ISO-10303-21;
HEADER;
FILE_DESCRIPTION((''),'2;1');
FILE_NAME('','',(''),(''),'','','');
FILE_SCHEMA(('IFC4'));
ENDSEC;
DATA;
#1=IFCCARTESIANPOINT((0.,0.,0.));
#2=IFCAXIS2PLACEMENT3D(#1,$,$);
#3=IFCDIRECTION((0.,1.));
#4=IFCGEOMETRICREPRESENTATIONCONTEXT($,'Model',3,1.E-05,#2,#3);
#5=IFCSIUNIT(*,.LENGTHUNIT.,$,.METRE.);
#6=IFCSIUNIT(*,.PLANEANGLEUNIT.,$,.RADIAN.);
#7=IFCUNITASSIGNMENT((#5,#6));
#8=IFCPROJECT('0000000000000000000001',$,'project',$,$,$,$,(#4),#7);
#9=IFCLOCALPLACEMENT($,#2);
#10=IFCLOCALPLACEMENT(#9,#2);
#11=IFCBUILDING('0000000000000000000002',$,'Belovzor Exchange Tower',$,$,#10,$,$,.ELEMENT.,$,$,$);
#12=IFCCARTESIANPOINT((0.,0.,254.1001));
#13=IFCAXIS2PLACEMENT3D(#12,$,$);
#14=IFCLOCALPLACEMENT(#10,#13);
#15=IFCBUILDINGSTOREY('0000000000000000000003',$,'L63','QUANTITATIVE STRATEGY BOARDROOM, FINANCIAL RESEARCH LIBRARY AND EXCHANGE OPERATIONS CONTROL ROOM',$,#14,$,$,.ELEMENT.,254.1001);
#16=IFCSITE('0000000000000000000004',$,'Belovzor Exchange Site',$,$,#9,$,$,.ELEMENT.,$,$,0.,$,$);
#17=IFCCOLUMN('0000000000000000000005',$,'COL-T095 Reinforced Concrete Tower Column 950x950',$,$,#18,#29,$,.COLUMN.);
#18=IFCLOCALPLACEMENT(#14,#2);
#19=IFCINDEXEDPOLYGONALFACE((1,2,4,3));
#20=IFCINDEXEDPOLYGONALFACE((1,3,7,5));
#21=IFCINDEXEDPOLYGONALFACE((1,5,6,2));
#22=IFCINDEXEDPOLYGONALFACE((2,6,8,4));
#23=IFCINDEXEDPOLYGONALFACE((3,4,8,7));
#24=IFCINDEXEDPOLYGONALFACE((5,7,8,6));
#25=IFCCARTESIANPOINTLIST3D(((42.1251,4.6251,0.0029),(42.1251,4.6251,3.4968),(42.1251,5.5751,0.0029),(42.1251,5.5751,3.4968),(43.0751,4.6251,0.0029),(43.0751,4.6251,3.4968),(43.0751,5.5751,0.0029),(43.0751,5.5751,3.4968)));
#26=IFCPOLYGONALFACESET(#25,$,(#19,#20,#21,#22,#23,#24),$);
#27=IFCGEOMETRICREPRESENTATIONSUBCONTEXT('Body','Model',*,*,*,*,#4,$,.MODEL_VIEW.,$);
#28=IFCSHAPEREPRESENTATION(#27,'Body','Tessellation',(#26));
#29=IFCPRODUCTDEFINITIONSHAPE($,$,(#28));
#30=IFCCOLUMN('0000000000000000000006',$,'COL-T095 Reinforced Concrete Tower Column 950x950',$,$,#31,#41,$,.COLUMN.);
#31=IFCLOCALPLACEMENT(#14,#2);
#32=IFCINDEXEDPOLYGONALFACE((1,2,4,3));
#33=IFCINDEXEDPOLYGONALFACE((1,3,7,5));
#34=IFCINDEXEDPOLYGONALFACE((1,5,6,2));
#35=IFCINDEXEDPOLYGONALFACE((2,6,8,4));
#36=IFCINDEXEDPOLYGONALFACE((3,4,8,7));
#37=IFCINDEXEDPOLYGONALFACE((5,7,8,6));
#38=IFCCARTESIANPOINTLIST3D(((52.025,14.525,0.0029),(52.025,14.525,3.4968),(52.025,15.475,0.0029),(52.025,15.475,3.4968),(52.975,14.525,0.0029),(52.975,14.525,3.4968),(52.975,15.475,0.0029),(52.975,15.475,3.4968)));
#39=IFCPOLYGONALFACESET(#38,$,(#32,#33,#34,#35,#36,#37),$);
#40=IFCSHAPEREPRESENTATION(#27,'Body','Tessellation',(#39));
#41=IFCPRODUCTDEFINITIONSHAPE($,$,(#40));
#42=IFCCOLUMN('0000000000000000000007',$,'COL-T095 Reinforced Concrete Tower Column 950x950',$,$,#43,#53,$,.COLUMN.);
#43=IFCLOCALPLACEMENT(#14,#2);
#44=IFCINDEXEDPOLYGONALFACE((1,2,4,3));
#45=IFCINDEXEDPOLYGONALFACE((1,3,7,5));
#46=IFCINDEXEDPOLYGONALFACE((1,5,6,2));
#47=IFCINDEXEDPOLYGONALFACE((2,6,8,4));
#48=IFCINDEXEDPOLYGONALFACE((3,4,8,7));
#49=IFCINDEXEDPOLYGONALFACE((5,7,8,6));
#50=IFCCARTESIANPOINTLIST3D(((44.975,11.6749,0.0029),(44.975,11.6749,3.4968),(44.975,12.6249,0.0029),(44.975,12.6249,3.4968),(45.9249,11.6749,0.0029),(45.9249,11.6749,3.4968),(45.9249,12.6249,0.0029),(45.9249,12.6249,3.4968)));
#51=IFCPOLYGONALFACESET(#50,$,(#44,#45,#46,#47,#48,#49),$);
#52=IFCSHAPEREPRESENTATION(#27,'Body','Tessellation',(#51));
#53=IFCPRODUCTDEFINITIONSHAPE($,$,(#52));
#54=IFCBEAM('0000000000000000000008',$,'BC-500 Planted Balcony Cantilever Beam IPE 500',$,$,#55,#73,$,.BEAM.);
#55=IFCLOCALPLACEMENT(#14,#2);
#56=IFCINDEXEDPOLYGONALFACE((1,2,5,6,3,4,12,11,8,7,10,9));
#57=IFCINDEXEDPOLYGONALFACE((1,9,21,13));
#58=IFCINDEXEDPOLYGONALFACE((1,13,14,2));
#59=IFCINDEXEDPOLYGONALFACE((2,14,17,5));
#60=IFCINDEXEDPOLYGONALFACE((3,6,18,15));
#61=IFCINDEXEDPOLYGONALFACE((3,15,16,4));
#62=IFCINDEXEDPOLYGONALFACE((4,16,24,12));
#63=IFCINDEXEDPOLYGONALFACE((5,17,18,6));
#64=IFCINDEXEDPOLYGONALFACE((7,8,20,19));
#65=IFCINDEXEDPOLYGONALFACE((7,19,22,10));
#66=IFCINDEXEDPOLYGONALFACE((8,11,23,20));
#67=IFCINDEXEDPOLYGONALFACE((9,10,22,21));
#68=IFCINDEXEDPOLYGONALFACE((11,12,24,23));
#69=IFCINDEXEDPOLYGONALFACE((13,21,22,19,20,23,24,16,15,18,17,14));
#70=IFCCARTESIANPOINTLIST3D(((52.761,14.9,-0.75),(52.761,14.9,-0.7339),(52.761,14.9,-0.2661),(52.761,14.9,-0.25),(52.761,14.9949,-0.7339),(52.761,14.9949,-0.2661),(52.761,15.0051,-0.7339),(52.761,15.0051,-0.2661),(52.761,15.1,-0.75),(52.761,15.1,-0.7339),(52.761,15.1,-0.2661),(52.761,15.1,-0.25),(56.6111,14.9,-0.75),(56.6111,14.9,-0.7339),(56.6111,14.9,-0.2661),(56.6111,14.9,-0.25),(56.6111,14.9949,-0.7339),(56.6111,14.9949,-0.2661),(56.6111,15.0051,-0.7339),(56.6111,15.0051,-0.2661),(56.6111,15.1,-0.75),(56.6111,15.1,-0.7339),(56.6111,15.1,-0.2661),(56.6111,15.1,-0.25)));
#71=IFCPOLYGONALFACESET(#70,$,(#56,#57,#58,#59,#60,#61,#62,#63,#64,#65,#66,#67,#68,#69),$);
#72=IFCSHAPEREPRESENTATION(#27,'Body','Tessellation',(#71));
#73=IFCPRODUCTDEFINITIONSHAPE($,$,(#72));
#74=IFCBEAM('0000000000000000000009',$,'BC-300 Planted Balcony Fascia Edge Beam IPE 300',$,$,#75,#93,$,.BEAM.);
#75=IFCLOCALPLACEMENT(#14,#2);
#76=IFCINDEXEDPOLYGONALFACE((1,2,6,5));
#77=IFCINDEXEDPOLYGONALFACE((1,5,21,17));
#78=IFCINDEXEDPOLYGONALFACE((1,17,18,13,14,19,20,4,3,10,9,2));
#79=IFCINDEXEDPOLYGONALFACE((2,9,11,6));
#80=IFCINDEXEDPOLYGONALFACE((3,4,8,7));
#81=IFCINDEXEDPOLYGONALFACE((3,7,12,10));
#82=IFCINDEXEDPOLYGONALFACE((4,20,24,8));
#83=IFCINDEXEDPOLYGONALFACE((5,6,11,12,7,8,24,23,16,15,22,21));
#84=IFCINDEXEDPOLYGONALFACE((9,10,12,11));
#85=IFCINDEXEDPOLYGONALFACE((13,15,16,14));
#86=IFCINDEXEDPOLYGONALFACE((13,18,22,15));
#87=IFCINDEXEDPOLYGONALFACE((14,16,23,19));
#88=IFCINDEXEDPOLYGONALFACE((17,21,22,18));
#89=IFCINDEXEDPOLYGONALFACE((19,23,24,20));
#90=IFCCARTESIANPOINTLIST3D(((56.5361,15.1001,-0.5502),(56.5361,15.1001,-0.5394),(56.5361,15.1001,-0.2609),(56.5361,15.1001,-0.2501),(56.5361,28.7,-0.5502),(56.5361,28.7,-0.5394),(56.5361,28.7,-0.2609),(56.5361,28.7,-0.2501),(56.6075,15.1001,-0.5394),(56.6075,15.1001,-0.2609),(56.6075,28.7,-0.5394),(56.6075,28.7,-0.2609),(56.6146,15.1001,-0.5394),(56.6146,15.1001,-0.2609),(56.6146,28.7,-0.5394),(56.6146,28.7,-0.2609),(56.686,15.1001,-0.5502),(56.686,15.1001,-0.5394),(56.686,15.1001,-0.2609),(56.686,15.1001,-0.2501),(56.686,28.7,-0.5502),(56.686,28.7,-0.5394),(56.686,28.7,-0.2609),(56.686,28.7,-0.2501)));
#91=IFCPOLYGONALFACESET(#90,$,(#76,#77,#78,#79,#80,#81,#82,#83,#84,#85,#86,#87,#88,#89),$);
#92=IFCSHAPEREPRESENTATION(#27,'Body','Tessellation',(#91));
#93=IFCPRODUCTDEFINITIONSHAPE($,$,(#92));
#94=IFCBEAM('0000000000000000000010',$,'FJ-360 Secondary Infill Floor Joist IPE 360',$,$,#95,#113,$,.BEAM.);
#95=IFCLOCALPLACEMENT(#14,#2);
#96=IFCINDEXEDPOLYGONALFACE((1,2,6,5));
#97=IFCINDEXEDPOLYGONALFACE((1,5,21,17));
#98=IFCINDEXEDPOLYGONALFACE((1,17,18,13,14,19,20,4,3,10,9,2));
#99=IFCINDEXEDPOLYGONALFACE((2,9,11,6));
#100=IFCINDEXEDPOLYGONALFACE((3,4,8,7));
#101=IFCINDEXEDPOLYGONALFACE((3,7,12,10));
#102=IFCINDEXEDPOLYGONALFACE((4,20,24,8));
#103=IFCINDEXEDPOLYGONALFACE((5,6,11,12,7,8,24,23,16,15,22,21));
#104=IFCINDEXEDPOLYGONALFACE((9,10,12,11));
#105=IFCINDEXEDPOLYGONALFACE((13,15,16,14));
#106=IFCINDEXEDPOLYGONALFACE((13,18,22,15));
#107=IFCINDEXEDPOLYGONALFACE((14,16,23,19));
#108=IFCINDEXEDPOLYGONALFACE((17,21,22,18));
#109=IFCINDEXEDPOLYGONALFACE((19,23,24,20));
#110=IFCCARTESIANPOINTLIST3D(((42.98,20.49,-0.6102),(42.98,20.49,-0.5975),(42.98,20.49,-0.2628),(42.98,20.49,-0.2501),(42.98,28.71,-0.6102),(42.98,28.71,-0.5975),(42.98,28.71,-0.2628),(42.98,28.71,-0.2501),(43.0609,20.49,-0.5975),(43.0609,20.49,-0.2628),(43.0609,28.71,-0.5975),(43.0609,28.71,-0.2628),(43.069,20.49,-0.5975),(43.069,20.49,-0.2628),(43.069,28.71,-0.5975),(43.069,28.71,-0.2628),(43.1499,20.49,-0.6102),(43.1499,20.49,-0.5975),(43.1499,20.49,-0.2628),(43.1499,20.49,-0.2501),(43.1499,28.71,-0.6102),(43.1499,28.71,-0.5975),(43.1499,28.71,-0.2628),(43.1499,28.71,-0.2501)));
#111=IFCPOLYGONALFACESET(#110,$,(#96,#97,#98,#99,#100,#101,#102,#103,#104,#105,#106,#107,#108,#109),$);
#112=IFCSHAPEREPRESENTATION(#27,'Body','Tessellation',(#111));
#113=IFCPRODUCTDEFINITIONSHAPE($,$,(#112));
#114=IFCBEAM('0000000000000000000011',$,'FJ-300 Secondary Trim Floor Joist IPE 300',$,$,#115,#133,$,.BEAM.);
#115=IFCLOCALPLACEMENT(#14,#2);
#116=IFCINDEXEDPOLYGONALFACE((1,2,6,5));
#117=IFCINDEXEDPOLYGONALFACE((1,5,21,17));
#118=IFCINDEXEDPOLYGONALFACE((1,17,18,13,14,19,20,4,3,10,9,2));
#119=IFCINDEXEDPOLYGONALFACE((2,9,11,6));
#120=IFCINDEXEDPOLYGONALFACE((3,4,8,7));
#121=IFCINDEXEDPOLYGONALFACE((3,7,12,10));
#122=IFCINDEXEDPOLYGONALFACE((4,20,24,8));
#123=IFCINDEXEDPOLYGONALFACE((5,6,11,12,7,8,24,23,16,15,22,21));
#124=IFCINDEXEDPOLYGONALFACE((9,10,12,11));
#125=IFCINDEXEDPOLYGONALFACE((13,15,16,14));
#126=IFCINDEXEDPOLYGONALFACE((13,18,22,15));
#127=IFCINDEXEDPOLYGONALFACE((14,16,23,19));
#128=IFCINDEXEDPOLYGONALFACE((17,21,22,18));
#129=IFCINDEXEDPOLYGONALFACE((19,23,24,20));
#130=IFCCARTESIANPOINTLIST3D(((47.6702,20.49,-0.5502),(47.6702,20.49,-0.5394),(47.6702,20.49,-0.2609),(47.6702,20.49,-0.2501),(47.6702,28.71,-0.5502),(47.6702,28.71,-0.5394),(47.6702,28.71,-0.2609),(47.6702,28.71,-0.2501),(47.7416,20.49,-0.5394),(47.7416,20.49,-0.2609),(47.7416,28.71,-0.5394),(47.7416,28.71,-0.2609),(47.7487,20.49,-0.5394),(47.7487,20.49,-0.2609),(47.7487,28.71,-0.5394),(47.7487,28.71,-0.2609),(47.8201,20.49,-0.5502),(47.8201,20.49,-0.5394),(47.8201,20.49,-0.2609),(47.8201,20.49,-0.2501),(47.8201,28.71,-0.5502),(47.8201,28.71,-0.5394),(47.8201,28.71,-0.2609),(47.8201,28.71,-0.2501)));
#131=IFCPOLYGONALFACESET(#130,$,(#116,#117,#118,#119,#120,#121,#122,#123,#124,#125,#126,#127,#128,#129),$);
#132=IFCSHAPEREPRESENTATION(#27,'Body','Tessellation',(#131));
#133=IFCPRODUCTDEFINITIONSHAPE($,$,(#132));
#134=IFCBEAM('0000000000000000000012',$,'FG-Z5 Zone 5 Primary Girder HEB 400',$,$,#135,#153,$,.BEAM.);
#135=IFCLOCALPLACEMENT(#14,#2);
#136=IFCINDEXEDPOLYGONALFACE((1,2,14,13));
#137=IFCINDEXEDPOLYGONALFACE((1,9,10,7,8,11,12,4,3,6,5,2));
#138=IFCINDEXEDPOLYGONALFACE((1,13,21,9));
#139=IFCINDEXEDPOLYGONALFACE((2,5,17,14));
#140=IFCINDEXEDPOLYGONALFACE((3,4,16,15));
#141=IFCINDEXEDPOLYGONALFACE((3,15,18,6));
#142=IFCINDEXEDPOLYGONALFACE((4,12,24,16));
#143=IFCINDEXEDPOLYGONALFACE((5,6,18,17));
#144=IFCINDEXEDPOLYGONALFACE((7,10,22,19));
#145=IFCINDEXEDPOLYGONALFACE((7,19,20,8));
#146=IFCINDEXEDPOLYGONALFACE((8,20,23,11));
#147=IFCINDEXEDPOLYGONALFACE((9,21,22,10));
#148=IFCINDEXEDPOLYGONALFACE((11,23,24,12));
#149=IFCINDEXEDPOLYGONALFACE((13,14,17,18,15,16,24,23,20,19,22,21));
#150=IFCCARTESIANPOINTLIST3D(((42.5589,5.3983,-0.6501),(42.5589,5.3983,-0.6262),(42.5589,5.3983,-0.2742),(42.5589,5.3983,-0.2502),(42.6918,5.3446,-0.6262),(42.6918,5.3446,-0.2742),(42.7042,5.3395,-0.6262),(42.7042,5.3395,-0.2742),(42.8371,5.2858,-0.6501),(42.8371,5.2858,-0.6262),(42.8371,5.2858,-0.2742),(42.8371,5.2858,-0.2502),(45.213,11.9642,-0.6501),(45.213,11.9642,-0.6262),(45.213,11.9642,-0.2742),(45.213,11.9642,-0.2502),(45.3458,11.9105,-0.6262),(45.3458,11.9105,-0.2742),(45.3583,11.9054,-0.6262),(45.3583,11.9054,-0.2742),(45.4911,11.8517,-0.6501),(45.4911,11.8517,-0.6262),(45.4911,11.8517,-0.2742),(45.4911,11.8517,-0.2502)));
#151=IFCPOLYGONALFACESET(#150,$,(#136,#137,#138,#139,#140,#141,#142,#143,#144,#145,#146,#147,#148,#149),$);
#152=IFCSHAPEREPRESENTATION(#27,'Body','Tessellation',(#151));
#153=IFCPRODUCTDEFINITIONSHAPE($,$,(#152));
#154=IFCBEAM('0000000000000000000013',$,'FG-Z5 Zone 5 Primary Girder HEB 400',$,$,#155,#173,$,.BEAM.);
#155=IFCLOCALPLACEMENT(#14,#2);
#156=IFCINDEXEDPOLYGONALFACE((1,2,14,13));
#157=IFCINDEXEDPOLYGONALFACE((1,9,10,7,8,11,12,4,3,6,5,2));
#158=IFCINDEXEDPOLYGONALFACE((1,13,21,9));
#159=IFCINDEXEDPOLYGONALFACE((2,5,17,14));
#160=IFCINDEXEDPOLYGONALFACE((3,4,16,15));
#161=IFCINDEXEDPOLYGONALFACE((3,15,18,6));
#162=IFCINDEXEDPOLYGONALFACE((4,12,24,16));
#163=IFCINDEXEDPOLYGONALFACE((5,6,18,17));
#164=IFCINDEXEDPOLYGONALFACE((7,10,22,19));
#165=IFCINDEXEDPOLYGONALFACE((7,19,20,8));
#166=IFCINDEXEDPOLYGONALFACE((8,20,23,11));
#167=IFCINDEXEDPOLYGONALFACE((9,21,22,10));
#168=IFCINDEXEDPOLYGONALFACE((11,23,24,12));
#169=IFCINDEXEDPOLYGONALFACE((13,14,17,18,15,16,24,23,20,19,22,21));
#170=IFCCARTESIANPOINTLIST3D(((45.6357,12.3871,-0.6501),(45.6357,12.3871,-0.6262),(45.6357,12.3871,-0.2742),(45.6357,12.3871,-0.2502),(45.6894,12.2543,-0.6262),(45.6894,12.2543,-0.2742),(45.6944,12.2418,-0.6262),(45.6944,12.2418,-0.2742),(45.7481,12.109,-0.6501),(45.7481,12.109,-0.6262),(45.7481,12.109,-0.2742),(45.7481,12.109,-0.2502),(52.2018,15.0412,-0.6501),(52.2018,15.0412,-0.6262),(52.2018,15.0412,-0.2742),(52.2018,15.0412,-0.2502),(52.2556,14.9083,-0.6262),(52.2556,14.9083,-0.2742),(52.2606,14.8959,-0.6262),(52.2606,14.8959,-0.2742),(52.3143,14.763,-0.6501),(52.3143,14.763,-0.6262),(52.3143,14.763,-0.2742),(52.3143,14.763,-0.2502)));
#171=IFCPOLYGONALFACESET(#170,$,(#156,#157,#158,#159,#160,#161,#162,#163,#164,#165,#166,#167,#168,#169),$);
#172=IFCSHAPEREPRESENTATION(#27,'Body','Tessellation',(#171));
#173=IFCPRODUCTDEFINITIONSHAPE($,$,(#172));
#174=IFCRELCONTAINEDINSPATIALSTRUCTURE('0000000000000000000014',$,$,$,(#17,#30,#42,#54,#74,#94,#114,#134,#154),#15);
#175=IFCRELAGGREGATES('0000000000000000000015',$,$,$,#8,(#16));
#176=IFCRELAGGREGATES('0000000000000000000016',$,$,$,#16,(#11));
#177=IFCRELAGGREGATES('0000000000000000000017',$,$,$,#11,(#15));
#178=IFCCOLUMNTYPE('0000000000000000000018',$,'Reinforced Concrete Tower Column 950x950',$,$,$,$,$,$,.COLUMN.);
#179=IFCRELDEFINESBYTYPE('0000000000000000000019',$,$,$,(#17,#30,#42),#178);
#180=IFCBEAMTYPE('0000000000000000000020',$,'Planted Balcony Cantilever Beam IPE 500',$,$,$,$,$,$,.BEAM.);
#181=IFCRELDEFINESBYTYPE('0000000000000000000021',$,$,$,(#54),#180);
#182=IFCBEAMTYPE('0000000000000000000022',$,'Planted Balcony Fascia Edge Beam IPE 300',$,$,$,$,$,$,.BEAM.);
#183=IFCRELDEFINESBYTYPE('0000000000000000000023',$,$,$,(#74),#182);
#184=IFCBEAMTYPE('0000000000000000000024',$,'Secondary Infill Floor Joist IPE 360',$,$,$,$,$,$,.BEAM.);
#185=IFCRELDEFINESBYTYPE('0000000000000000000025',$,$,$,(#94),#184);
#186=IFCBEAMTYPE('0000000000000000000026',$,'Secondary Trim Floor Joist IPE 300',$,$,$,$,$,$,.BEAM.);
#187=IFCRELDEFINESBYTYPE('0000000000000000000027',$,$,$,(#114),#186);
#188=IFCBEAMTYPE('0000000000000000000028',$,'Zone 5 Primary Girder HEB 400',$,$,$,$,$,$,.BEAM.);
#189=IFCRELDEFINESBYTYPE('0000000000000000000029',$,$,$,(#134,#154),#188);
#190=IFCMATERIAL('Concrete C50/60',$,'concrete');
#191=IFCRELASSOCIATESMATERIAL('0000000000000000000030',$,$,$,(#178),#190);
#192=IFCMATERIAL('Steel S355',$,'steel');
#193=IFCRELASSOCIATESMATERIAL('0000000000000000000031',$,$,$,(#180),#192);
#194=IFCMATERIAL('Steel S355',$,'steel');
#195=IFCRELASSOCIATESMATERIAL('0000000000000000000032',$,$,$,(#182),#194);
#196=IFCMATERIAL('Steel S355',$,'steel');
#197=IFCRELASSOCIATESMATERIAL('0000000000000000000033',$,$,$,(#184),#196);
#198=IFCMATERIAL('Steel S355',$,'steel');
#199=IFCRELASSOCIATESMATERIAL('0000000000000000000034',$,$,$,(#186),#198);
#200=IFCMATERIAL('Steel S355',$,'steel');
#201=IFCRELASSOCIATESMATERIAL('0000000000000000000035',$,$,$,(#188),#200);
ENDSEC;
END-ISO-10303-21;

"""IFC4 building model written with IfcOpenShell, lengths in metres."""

from ifc_helpers import new_model, si_unit, direction, frame, origin, origin_2d, place, context, subcontext, project, spatial, rectangle, i_section, extrude, material, material_profile, profile_set, type_object, element, save


model = new_model("IFC4")

# Units and contexts
model_context = context("Model", 3, precision=1e-05, world=origin(), true_north=direction((0.0, 1.0)))
body_context = subcontext(model_context, "Body", "Model", "MODEL_VIEW")
ifc_project = project(units=[si_unit("LENGTHUNIT", "METRE"), si_unit("PLANEANGLEUNIT", "RADIAN")], contexts=[model_context])

# Site, building, storey
site_placement = place(None, origin())
site = spatial("IfcSite", under=ifc_project, at=site_placement, Name="Belovzor Exchange Site", CompositionType="ELEMENT", RefElevation=0.0)
building_placement = place(site_placement, origin())
building = spatial("IfcBuilding", under=site, at=building_placement, Name="Belovzor Exchange Tower", CompositionType="ELEMENT")
storey_placement = place(building_placement, frame((0.0, 0.0, 254.1001)))
storey = spatial("IfcBuildingStorey", under=building, at=storey_placement, Name="L63", Description="QUANTITATIVE STRATEGY BOARDROOM, FINANCIAL RESEARCH LIBRARY AND EXCHANGE OPERATIONS CONTROL ROOM", CompositionType="ELEMENT", Elevation=254.1001)

# Columns
ifc_material_1 = material(Name="Concrete C50/60", Category="concrete")
ifc_material_profile_1 = material_profile(ifc_material_1, rectangle(XDim=0.95, YDim=0.95, at=origin_2d()))
ifc_profile_set_1 = profile_set([ifc_material_profile_1], Name="Concrete C50/60")
column_type = type_object("IfcColumnType", Name="Reinforced Concrete Tower Column 950x950", PredefinedType="COLUMN", material=ifc_profile_set_1)
for number, where, z_axis, x_axis, name in (
    (1, (42.6001, 5.1001, 0.0029), (0.0, 0.0, 1.0), (1.0, 0.0, 0.0), "COL-T095 Reinforced Concrete Tower Column 950x950"),
    (2, (52.5, 15.0, 0.0029), (0.0, 0.0, 1.0), (1.0, 0.0, 0.0), "COL-T095 Reinforced Concrete Tower Column 950x950"),
    (3, (45.45, 12.1499, 0.0029), (0.0, 0.0, 1.0), (1.0, 0.0, 0.0), "COL-T095 Reinforced Concrete Tower Column 950x950"),
):
    element("IfcColumn", number, at=place(storey_placement, frame(where, z_axis=z_axis, x_axis=x_axis)), inside=storey, type_object=column_type, Name=name, PredefinedType="COLUMN", context=body_context, shape_type="SweptSolid", body=[
        extrude(rectangle(XDim=0.95, YDim=0.95, at=origin_2d()), origin(), (0.0, 0.0, 1.0), 3.4939),
    ])

# Beams
ifc_material_2 = material(Name="Steel S355", Category="steel")
ifc_material_profile_2 = material_profile(ifc_material_2, i_section(OverallWidth=0.2, OverallDepth=0.5, WebThickness=0.0103, FlangeThickness=0.0161, at=origin_2d()))
ifc_profile_set_2 = profile_set([ifc_material_profile_2], Name="Steel S355")
beam_type_1 = type_object("IfcBeamType", Name="Planted Balcony Cantilever Beam IPE 500", PredefinedType="BEAM", material=ifc_profile_set_2)
beam_1_placement = place(storey_placement, frame((52.761, 15.0, -0.5), z_axis=(1.0, 0.0, 0.0), x_axis=(0.0, 1.0, 0.0)))
element("IfcBeam", 4, at=beam_1_placement, inside=storey, type_object=beam_type_1, Name="BC-500 Planted Balcony Cantilever Beam IPE 500", PredefinedType="BEAM", context=body_context, shape_type="SweptSolid", body=[
    extrude(i_section(OverallWidth=0.2, OverallDepth=0.5, WebThickness=0.0103, FlangeThickness=0.0161, at=origin_2d()), origin(), (0.0, 0.0, 1.0), 3.8501),
])
ifc_material_3 = material(Name="Steel S355", Category="steel")
ifc_material_profile_3 = material_profile(ifc_material_3, i_section(OverallWidth=0.1499, OverallDepth=0.3, WebThickness=0.0071, FlangeThickness=0.0107, at=origin_2d()))
ifc_profile_set_3 = profile_set([ifc_material_profile_3], Name="Steel S355")
beam_type_2 = type_object("IfcBeamType", Name="Planted Balcony Fascia Edge Beam IPE 300", PredefinedType="BEAM", material=ifc_profile_set_3)
beam_2_placement = place(storey_placement, frame((56.6111, 15.1001, -0.4001), z_axis=(0.0, 1.0, 0.0), x_axis=(-1.0, 0.0, 0.0)))
element("IfcBeam", 5, at=beam_2_placement, inside=storey, type_object=beam_type_2, Name="BC-300 Planted Balcony Fascia Edge Beam IPE 300", PredefinedType="BEAM", context=body_context, shape_type="SweptSolid", body=[
    extrude(i_section(OverallWidth=0.1499, OverallDepth=0.3, WebThickness=0.0071, FlangeThickness=0.0107, at=origin_2d()), origin(), (0.0, 0.0, 1.0), 13.5999),
])
ifc_material_4 = material(Name="Steel S355", Category="steel")
ifc_material_profile_4 = material_profile(ifc_material_4, i_section(OverallWidth=0.1699, OverallDepth=0.3601, WebThickness=0.0081, FlangeThickness=0.0127, at=origin_2d()))
ifc_profile_set_4 = profile_set([ifc_material_profile_4], Name="Steel S355")
beam_type_3 = type_object("IfcBeamType", Name="Secondary Infill Floor Joist IPE 360", PredefinedType="BEAM", material=ifc_profile_set_4)
beam_3_placement = place(storey_placement, frame((43.0649, 20.49, -0.4302), z_axis=(0.0, 1.0, 0.0), x_axis=(-1.0, 0.0, 0.0)))
element("IfcBeam", 6, at=beam_3_placement, inside=storey, type_object=beam_type_3, Name="FJ-360 Secondary Infill Floor Joist IPE 360", PredefinedType="BEAM", context=body_context, shape_type="SweptSolid", body=[
    extrude(i_section(OverallWidth=0.1699, OverallDepth=0.3601, WebThickness=0.0081, FlangeThickness=0.0127, at=origin_2d()), origin(), (0.0, 0.0, 1.0), 8.22),
])
ifc_material_5 = material(Name="Steel S355", Category="steel")
ifc_material_profile_5 = material_profile(ifc_material_5, i_section(OverallWidth=0.1499, OverallDepth=0.3, WebThickness=0.0071, FlangeThickness=0.0107, at=origin_2d()))
ifc_profile_set_5 = profile_set([ifc_material_profile_5], Name="Steel S355")
beam_type_4 = type_object("IfcBeamType", Name="Secondary Trim Floor Joist IPE 300", PredefinedType="BEAM", material=ifc_profile_set_5)
beam_4_placement = place(storey_placement, frame((47.7451, 20.49, -0.4001), z_axis=(0.0, 1.0, 0.0), x_axis=(-1.0, 0.0, 0.0)))
element("IfcBeam", 7, at=beam_4_placement, inside=storey, type_object=beam_type_4, Name="FJ-300 Secondary Trim Floor Joist IPE 300", PredefinedType="BEAM", context=body_context, shape_type="SweptSolid", body=[
    extrude(i_section(OverallWidth=0.1499, OverallDepth=0.3, WebThickness=0.0071, FlangeThickness=0.0107, at=origin_2d()), origin(), (0.0, 0.0, 1.0), 8.22),
])
ifc_material_6 = material(Name="Steel S355", Category="steel")
ifc_material_profile_6 = material_profile(ifc_material_6, i_section(OverallWidth=0.3, OverallDepth=0.3999, WebThickness=0.0134, FlangeThickness=0.0239, at=origin_2d()))
ifc_profile_set_6 = profile_set([ifc_material_profile_6], Name="Steel S355")
beam_type_5 = type_object("IfcBeamType", Name="Zone 5 Primary Girder HEB 400", PredefinedType="BEAM", material=ifc_profile_set_6)
beam_5_placement = place(storey_placement, frame((42.698, 5.342, -0.4502), z_axis=(0.374758, 0.927123, 0.0), x_axis=(-0.927123, 0.374758, 0.0)))
element("IfcBeam", 8, at=beam_5_placement, inside=storey, type_object=beam_type_5, Name="FG-Z5 Zone 5 Primary Girder HEB 400", PredefinedType="BEAM", context=body_context, shape_type="SweptSolid", body=[
    extrude(i_section(OverallWidth=0.3, OverallDepth=0.3999, WebThickness=0.0134, FlangeThickness=0.0239, at=origin_2d()), origin(), (0.0, 0.0, 1.0), 7.082),
])
beam_6_placement = place(storey_placement, frame((45.6919, 12.248, -0.4502), z_axis=(0.927127, 0.374746, 0.0), x_axis=(-0.374746, 0.927127, 0.0)))
element("IfcBeam", 9, at=beam_6_placement, inside=storey, type_object=beam_type_5, Name="FG-Z5 Zone 5 Primary Girder HEB 400", PredefinedType="BEAM", context=body_context, shape_type="SweptSolid", body=[
    extrude(i_section(OverallWidth=0.3, OverallDepth=0.3999, WebThickness=0.0134, FlangeThickness=0.0239, at=origin_2d()), origin(), (0.0, 0.0, 1.0), 7.0823),
])

save(model, "model.ifc")
